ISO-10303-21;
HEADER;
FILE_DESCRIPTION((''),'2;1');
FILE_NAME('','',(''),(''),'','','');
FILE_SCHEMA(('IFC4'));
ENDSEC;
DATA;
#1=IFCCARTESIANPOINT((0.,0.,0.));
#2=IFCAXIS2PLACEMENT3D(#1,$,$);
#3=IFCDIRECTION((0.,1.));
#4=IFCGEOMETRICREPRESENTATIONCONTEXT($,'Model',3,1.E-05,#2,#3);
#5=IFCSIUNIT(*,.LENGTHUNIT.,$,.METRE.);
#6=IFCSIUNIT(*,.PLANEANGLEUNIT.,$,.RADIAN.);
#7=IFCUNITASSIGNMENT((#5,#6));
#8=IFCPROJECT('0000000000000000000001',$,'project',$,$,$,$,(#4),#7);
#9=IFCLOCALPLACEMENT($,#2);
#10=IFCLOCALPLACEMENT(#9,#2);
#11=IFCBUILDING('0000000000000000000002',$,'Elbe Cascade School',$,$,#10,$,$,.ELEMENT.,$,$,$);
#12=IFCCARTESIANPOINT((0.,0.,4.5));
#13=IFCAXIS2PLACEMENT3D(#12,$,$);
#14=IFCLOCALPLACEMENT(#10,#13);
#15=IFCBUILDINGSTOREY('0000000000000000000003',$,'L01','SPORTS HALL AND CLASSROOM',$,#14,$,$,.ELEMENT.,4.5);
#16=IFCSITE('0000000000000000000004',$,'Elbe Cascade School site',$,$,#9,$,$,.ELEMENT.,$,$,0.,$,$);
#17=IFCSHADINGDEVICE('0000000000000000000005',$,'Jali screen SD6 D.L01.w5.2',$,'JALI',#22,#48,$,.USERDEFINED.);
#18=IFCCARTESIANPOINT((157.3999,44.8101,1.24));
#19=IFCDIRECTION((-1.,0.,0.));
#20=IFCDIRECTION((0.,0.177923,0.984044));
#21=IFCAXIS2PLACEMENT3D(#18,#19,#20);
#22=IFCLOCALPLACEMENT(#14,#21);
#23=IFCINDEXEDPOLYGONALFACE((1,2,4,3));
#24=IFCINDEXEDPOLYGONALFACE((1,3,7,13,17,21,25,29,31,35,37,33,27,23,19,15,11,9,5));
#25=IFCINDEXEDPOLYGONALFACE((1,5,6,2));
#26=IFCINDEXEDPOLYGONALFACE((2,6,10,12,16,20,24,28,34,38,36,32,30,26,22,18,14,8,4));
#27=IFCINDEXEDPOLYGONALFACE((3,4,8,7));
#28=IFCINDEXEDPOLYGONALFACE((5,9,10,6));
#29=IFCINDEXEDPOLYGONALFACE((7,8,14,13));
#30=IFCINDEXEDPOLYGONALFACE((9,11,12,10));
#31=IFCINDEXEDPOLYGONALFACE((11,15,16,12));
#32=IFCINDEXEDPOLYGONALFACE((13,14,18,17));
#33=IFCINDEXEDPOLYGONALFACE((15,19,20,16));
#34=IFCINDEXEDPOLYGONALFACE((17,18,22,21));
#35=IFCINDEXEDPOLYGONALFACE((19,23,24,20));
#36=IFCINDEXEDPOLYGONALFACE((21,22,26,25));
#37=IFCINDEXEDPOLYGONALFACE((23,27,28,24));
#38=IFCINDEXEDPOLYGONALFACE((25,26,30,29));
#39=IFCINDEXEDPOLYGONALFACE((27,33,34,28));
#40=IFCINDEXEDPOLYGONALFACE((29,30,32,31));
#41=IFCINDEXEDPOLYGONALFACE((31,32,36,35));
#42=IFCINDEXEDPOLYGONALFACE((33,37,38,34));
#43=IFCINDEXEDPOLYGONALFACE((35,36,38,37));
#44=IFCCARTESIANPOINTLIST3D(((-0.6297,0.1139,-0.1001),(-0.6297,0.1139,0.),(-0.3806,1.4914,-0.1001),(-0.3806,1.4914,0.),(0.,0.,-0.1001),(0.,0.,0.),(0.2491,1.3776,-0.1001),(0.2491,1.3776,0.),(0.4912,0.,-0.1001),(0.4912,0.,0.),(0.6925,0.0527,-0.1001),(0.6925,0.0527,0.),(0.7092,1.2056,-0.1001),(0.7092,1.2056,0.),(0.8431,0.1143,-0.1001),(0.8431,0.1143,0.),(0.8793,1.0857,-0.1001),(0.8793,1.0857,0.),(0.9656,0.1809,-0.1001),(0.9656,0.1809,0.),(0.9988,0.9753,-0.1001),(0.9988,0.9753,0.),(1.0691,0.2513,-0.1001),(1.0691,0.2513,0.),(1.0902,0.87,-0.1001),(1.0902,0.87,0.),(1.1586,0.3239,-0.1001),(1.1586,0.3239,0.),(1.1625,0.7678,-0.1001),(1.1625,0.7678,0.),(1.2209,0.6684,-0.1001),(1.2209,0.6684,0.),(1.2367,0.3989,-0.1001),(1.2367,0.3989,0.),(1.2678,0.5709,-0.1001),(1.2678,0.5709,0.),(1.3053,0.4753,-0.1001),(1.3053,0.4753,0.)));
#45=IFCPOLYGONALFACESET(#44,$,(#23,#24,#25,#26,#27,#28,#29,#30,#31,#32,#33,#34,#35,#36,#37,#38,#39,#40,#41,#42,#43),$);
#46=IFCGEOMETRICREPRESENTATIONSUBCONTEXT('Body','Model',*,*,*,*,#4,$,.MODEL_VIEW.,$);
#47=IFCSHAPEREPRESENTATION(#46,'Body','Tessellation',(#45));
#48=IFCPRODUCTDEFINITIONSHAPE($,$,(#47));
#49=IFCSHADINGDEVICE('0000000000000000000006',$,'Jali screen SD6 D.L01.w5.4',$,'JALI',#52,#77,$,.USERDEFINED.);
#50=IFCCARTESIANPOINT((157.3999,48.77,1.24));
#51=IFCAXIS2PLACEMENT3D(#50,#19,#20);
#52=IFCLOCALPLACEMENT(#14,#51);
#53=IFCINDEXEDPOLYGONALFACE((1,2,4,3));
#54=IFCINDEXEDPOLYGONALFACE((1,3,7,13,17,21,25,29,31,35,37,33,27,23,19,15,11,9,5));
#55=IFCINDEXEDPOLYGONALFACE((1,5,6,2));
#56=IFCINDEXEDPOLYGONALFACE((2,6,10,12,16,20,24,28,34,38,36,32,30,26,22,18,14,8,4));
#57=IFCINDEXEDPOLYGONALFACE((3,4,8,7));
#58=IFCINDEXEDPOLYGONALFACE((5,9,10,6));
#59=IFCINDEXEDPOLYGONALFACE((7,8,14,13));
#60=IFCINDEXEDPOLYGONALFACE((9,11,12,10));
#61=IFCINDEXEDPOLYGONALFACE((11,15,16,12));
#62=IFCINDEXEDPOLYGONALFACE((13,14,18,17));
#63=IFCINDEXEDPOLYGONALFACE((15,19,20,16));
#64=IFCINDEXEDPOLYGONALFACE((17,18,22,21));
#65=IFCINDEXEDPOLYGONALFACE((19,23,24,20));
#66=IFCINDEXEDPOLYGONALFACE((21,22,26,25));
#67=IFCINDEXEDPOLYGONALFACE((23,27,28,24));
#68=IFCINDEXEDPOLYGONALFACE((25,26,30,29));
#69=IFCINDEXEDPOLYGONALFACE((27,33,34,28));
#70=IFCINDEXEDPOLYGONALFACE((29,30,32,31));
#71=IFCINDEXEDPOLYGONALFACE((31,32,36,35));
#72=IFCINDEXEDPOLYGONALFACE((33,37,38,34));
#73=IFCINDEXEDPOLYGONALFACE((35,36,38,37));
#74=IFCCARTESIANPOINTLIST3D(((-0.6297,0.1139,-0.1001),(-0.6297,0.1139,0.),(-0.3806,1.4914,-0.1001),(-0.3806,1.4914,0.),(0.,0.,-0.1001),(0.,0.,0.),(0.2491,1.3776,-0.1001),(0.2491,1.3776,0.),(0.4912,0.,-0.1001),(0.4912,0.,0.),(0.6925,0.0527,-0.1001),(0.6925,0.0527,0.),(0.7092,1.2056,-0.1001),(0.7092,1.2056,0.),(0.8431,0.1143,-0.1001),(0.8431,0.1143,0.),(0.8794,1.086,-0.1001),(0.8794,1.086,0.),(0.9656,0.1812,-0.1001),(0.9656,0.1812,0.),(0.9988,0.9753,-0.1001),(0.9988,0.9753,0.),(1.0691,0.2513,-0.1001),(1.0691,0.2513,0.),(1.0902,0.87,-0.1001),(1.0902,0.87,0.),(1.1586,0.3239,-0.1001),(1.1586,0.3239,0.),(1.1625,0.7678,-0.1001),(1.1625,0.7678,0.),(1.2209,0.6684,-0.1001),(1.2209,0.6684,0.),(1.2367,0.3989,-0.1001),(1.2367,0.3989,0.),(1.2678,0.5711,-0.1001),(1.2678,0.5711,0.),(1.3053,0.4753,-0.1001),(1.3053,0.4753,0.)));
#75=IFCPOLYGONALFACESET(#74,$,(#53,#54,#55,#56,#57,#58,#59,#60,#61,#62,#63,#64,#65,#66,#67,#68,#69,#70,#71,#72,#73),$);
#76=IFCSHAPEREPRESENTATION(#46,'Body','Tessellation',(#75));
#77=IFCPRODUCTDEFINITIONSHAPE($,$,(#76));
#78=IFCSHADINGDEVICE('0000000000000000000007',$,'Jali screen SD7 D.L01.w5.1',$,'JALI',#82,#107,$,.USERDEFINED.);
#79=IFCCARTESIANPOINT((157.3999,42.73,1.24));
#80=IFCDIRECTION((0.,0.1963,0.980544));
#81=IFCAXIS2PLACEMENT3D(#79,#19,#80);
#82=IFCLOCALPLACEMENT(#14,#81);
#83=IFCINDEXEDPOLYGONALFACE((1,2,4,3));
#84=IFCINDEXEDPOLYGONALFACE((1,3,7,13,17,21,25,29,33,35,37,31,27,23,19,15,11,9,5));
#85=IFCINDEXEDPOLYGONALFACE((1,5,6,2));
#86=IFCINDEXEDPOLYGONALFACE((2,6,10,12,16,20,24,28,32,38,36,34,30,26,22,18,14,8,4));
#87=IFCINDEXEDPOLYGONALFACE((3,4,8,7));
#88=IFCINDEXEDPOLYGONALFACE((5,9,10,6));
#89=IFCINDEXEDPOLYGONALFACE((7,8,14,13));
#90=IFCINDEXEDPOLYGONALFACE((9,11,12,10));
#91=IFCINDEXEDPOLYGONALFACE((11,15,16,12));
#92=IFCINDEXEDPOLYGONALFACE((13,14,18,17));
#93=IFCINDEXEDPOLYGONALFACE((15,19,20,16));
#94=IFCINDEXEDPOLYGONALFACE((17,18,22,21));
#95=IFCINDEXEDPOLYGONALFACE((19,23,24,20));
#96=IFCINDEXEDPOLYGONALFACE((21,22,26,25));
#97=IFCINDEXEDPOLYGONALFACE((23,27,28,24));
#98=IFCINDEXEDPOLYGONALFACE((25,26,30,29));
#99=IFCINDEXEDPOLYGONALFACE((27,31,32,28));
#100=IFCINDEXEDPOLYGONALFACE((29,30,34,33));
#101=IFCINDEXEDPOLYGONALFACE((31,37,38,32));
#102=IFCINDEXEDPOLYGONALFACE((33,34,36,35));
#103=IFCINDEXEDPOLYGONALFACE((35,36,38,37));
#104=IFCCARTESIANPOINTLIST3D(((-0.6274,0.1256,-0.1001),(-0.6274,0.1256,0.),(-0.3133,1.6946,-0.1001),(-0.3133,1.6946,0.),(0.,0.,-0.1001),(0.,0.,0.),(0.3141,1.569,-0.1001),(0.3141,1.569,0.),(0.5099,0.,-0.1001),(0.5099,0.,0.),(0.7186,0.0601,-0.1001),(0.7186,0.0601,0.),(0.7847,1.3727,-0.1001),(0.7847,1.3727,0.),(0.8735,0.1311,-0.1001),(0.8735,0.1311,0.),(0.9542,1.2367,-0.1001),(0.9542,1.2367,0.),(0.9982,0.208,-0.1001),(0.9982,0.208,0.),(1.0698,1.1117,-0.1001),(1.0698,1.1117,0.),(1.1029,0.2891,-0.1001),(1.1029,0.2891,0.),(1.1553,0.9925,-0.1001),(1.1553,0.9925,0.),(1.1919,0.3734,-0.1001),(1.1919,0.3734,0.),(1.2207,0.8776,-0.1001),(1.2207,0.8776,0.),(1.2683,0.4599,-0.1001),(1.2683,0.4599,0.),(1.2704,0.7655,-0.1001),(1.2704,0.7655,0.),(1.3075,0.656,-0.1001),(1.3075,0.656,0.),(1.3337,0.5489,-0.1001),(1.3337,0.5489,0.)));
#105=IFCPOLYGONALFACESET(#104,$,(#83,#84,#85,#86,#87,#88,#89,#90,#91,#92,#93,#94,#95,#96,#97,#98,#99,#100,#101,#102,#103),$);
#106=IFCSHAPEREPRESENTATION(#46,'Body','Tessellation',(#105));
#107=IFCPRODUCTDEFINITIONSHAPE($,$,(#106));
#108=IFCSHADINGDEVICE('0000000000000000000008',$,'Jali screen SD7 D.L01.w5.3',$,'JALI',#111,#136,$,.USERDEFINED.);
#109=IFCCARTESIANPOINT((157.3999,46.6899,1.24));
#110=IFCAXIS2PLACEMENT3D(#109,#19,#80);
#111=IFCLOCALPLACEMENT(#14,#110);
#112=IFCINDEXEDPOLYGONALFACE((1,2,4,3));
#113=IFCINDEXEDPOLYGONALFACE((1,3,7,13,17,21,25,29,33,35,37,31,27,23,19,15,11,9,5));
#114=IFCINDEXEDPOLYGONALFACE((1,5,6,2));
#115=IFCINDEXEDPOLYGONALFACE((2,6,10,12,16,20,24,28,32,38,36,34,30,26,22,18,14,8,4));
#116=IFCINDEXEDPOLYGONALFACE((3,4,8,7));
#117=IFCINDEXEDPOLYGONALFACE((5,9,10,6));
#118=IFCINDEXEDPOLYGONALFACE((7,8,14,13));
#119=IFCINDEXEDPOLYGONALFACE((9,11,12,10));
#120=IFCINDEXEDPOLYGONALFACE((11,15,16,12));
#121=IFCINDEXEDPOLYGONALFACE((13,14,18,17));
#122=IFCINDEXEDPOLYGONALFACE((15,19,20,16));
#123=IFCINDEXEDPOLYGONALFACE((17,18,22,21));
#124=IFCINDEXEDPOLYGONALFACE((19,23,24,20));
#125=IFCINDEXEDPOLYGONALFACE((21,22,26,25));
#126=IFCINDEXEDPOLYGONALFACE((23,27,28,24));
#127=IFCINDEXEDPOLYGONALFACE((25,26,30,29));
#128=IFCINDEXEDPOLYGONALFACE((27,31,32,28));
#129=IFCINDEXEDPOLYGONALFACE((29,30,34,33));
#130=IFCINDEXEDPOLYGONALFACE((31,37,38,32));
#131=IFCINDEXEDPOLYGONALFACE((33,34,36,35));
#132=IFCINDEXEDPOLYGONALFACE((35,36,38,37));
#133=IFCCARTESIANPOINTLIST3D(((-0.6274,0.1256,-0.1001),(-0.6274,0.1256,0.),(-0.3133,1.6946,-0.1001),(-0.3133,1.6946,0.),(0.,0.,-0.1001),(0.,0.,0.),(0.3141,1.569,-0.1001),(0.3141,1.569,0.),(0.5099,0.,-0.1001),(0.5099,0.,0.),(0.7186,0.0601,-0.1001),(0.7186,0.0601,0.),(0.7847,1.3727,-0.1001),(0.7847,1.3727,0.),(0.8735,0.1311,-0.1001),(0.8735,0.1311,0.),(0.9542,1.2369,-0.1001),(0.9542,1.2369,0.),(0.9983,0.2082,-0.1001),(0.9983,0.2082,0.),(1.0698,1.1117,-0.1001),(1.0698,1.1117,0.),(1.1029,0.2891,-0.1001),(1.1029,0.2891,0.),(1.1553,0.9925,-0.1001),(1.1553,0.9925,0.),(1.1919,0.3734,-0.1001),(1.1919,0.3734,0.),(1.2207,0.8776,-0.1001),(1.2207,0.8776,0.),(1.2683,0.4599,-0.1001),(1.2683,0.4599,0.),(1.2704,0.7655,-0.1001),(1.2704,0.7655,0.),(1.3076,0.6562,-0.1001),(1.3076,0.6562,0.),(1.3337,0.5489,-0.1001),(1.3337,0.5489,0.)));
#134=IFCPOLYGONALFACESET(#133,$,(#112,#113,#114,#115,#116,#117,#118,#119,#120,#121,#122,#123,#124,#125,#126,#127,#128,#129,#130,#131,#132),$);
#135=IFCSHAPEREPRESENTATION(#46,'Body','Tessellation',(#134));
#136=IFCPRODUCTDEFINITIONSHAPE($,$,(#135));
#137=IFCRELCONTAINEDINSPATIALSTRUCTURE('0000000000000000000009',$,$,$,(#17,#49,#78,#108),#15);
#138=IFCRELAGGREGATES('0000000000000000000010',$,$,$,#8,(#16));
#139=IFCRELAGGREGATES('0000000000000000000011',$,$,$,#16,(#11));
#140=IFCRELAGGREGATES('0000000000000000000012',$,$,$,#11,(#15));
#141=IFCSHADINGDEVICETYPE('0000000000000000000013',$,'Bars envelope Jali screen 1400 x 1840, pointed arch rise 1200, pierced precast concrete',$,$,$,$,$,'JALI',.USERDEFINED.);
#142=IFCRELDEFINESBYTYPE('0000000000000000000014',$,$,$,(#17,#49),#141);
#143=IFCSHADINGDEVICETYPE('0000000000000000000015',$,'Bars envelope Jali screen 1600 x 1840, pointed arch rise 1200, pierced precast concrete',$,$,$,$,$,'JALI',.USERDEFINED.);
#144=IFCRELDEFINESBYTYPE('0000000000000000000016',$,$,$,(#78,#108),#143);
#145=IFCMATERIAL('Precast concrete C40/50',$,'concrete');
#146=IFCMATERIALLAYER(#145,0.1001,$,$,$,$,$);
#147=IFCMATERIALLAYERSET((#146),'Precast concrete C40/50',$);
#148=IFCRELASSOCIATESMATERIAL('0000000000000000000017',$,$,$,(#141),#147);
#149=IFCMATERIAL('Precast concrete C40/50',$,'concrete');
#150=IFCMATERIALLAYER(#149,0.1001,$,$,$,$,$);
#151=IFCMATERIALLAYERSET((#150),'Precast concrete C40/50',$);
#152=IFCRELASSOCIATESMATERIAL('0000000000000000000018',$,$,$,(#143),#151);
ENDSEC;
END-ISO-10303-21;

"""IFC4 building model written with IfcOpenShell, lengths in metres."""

from ifc_helpers import new_model, si_unit, direction, frame, origin, place, context, subcontext, project, spatial, polyline, outline, extrude, material, layer, layer_set, type_object, element, save


model = new_model("IFC4")

# Units and contexts
model_context = context("Model", 3, precision=1e-05, world=origin(), true_north=direction((0.0, 1.0)))
body_context = subcontext(model_context, "Body", "Model", "MODEL_VIEW")
ifc_project = project(units=[si_unit("LENGTHUNIT", "METRE"), si_unit("PLANEANGLEUNIT", "RADIAN")], contexts=[model_context])

# Site, building, storey
site_placement = place(None, origin())
site = spatial("IfcSite", under=ifc_project, at=site_placement, Name="Elbe Cascade School site", CompositionType="ELEMENT", RefElevation=0.0)
building_placement = place(site_placement, origin())
building = spatial("IfcBuilding", under=site, at=building_placement, Name="Elbe Cascade School", CompositionType="ELEMENT")
storey_placement = place(building_placement, frame((0.0, 0.0, 4.5)))
storey = spatial("IfcBuildingStorey", under=building, at=storey_placement, Name="L01", Description="SPORTS HALL AND CLASSROOM", CompositionType="ELEMENT", Elevation=4.5)

# Shading devices
ifc_material_1 = material(Name="Precast concrete C40/50", Category="concrete")
ifc_layer_1 = layer(ifc_material_1, 0.1001)
ifc_layer_set_1 = layer_set([ifc_layer_1], Name="Precast concrete C40/50")
shading_device_type_1 = type_object("IfcShadingDeviceType", Name="Bars envelope Jali screen 1400 x 1840, pointed arch rise 1200, pierced precast concrete", ElementType="JALI", PredefinedType="USERDEFINED", material=ifc_layer_set_1)
shading_device_1_placement = place(storey_placement, frame((157.3999, 44.8101, 1.24), z_axis=(-1.0, 0.0, 0.0), x_axis=(0.0, 0.177923, 0.984044)))
element("IfcShadingDevice", 1, at=shading_device_1_placement, inside=storey, type_object=shading_device_type_1, Name="Jali screen SD6 D.L01.w5.2", ObjectType="JALI", PredefinedType="USERDEFINED", context=body_context, shape_type="SweptSolid", body=[
    extrude(outline(polyline([(0.0, 0.0), (0.4912, 0.0), (0.6925, 0.0527), (0.8431, 0.1143), (0.9656, 0.1809), (1.0691, 0.2513), (1.1586, 0.3239), (1.2367, 0.3989), (1.3053, 0.4753), (1.2678, 0.5709), (1.2209, 0.6684), (1.1625, 0.7678), (1.0902, 0.87), (0.9988, 0.9753), (0.8793, 1.0857), (0.7092, 1.2056), (0.2491, 1.3776), (-0.3806, 1.4914), (-0.6297, 0.1139), (0.0, 0.0)])), origin(), (0.0, 0.0, -1.0), 0.1001),
])
shading_device_2_placement = place(storey_placement, frame((157.3999, 48.77, 1.24), z_axis=(-1.0, 0.0, 0.0), x_axis=(0.0, 0.177923, 0.984044)))
element("IfcShadingDevice", 2, at=shading_device_2_placement, inside=storey, type_object=shading_device_type_1, Name="Jali screen SD6 D.L01.w5.4", ObjectType="JALI", PredefinedType="USERDEFINED", context=body_context, shape_type="SweptSolid", body=[
    extrude(outline(polyline([(0.0, 0.0), (0.4912, 0.0), (0.6925, 0.0527), (0.8431, 0.1143), (0.9656, 0.1812), (1.0691, 0.2513), (1.1586, 0.3239), (1.2367, 0.3989), (1.3053, 0.4753), (1.2678, 0.5711), (1.2209, 0.6684), (1.1625, 0.7678), (1.0902, 0.87), (0.9988, 0.9753), (0.8794, 1.086), (0.7092, 1.2056), (0.2491, 1.3776), (-0.3806, 1.4914), (-0.6297, 0.1139), (0.0, 0.0)])), origin(), (0.0, 0.0, -1.0), 0.1001),
])
ifc_material_2 = material(Name="Precast concrete C40/50", Category="concrete")
ifc_layer_2 = layer(ifc_material_2, 0.1001)
ifc_layer_set_2 = layer_set([ifc_layer_2], Name="Precast concrete C40/50")
shading_device_type_2 = type_object("IfcShadingDeviceType", Name="Bars envelope Jali screen 1600 x 1840, pointed arch rise 1200, pierced precast concrete", ElementType="JALI", PredefinedType="USERDEFINED", material=ifc_layer_set_2)
shading_device_3_placement = place(storey_placement, frame((157.3999, 42.73, 1.24), z_axis=(-1.0, 0.0, 0.0), x_axis=(0.0, 0.1963, 0.980544)))
element("IfcShadingDevice", 3, at=shading_device_3_placement, inside=storey, type_object=shading_device_type_2, Name="Jali screen SD7 D.L01.w5.1", ObjectType="JALI", PredefinedType="USERDEFINED", context=body_context, shape_type="SweptSolid", body=[
    extrude(outline(polyline([(0.0, 0.0), (0.5099, 0.0), (0.7186, 0.0601), (0.8735, 0.1311), (0.9982, 0.208), (1.1029, 0.2891), (1.1919, 0.3734), (1.2683, 0.4599), (1.3337, 0.5489), (1.3075, 0.656), (1.2704, 0.7655), (1.2207, 0.8776), (1.1553, 0.9925), (1.0698, 1.1117), (0.9542, 1.2367), (0.7847, 1.3727), (0.3141, 1.569), (-0.3133, 1.6946), (-0.6274, 0.1256), (0.0, 0.0)])), origin(), (0.0, 0.0, -1.0), 0.1001),
])
shading_device_4_placement = place(storey_placement, frame((157.3999, 46.6899, 1.24), z_axis=(-1.0, 0.0, 0.0), x_axis=(0.0, 0.1963, 0.980544)))
element("IfcShadingDevice", 4, at=shading_device_4_placement, inside=storey, type_object=shading_device_type_2, Name="Jali screen SD7 D.L01.w5.3", ObjectType="JALI", PredefinedType="USERDEFINED", context=body_context, shape_type="SweptSolid", body=[
    extrude(outline(polyline([(0.0, 0.0), (0.5099, 0.0), (0.7186, 0.0601), (0.8735, 0.1311), (0.9983, 0.2082), (1.1029, 0.2891), (1.1919, 0.3734), (1.2683, 0.4599), (1.3337, 0.5489), (1.3076, 0.6562), (1.2704, 0.7655), (1.2207, 0.8776), (1.1553, 0.9925), (1.0698, 1.1117), (0.9542, 1.2369), (0.7847, 1.3727), (0.3141, 1.569), (-0.3133, 1.6946), (-0.6274, 0.1256), (0.0, 0.0)])), origin(), (0.0, 0.0, -1.0), 0.1001),
])

save(model, "model.ifc")
